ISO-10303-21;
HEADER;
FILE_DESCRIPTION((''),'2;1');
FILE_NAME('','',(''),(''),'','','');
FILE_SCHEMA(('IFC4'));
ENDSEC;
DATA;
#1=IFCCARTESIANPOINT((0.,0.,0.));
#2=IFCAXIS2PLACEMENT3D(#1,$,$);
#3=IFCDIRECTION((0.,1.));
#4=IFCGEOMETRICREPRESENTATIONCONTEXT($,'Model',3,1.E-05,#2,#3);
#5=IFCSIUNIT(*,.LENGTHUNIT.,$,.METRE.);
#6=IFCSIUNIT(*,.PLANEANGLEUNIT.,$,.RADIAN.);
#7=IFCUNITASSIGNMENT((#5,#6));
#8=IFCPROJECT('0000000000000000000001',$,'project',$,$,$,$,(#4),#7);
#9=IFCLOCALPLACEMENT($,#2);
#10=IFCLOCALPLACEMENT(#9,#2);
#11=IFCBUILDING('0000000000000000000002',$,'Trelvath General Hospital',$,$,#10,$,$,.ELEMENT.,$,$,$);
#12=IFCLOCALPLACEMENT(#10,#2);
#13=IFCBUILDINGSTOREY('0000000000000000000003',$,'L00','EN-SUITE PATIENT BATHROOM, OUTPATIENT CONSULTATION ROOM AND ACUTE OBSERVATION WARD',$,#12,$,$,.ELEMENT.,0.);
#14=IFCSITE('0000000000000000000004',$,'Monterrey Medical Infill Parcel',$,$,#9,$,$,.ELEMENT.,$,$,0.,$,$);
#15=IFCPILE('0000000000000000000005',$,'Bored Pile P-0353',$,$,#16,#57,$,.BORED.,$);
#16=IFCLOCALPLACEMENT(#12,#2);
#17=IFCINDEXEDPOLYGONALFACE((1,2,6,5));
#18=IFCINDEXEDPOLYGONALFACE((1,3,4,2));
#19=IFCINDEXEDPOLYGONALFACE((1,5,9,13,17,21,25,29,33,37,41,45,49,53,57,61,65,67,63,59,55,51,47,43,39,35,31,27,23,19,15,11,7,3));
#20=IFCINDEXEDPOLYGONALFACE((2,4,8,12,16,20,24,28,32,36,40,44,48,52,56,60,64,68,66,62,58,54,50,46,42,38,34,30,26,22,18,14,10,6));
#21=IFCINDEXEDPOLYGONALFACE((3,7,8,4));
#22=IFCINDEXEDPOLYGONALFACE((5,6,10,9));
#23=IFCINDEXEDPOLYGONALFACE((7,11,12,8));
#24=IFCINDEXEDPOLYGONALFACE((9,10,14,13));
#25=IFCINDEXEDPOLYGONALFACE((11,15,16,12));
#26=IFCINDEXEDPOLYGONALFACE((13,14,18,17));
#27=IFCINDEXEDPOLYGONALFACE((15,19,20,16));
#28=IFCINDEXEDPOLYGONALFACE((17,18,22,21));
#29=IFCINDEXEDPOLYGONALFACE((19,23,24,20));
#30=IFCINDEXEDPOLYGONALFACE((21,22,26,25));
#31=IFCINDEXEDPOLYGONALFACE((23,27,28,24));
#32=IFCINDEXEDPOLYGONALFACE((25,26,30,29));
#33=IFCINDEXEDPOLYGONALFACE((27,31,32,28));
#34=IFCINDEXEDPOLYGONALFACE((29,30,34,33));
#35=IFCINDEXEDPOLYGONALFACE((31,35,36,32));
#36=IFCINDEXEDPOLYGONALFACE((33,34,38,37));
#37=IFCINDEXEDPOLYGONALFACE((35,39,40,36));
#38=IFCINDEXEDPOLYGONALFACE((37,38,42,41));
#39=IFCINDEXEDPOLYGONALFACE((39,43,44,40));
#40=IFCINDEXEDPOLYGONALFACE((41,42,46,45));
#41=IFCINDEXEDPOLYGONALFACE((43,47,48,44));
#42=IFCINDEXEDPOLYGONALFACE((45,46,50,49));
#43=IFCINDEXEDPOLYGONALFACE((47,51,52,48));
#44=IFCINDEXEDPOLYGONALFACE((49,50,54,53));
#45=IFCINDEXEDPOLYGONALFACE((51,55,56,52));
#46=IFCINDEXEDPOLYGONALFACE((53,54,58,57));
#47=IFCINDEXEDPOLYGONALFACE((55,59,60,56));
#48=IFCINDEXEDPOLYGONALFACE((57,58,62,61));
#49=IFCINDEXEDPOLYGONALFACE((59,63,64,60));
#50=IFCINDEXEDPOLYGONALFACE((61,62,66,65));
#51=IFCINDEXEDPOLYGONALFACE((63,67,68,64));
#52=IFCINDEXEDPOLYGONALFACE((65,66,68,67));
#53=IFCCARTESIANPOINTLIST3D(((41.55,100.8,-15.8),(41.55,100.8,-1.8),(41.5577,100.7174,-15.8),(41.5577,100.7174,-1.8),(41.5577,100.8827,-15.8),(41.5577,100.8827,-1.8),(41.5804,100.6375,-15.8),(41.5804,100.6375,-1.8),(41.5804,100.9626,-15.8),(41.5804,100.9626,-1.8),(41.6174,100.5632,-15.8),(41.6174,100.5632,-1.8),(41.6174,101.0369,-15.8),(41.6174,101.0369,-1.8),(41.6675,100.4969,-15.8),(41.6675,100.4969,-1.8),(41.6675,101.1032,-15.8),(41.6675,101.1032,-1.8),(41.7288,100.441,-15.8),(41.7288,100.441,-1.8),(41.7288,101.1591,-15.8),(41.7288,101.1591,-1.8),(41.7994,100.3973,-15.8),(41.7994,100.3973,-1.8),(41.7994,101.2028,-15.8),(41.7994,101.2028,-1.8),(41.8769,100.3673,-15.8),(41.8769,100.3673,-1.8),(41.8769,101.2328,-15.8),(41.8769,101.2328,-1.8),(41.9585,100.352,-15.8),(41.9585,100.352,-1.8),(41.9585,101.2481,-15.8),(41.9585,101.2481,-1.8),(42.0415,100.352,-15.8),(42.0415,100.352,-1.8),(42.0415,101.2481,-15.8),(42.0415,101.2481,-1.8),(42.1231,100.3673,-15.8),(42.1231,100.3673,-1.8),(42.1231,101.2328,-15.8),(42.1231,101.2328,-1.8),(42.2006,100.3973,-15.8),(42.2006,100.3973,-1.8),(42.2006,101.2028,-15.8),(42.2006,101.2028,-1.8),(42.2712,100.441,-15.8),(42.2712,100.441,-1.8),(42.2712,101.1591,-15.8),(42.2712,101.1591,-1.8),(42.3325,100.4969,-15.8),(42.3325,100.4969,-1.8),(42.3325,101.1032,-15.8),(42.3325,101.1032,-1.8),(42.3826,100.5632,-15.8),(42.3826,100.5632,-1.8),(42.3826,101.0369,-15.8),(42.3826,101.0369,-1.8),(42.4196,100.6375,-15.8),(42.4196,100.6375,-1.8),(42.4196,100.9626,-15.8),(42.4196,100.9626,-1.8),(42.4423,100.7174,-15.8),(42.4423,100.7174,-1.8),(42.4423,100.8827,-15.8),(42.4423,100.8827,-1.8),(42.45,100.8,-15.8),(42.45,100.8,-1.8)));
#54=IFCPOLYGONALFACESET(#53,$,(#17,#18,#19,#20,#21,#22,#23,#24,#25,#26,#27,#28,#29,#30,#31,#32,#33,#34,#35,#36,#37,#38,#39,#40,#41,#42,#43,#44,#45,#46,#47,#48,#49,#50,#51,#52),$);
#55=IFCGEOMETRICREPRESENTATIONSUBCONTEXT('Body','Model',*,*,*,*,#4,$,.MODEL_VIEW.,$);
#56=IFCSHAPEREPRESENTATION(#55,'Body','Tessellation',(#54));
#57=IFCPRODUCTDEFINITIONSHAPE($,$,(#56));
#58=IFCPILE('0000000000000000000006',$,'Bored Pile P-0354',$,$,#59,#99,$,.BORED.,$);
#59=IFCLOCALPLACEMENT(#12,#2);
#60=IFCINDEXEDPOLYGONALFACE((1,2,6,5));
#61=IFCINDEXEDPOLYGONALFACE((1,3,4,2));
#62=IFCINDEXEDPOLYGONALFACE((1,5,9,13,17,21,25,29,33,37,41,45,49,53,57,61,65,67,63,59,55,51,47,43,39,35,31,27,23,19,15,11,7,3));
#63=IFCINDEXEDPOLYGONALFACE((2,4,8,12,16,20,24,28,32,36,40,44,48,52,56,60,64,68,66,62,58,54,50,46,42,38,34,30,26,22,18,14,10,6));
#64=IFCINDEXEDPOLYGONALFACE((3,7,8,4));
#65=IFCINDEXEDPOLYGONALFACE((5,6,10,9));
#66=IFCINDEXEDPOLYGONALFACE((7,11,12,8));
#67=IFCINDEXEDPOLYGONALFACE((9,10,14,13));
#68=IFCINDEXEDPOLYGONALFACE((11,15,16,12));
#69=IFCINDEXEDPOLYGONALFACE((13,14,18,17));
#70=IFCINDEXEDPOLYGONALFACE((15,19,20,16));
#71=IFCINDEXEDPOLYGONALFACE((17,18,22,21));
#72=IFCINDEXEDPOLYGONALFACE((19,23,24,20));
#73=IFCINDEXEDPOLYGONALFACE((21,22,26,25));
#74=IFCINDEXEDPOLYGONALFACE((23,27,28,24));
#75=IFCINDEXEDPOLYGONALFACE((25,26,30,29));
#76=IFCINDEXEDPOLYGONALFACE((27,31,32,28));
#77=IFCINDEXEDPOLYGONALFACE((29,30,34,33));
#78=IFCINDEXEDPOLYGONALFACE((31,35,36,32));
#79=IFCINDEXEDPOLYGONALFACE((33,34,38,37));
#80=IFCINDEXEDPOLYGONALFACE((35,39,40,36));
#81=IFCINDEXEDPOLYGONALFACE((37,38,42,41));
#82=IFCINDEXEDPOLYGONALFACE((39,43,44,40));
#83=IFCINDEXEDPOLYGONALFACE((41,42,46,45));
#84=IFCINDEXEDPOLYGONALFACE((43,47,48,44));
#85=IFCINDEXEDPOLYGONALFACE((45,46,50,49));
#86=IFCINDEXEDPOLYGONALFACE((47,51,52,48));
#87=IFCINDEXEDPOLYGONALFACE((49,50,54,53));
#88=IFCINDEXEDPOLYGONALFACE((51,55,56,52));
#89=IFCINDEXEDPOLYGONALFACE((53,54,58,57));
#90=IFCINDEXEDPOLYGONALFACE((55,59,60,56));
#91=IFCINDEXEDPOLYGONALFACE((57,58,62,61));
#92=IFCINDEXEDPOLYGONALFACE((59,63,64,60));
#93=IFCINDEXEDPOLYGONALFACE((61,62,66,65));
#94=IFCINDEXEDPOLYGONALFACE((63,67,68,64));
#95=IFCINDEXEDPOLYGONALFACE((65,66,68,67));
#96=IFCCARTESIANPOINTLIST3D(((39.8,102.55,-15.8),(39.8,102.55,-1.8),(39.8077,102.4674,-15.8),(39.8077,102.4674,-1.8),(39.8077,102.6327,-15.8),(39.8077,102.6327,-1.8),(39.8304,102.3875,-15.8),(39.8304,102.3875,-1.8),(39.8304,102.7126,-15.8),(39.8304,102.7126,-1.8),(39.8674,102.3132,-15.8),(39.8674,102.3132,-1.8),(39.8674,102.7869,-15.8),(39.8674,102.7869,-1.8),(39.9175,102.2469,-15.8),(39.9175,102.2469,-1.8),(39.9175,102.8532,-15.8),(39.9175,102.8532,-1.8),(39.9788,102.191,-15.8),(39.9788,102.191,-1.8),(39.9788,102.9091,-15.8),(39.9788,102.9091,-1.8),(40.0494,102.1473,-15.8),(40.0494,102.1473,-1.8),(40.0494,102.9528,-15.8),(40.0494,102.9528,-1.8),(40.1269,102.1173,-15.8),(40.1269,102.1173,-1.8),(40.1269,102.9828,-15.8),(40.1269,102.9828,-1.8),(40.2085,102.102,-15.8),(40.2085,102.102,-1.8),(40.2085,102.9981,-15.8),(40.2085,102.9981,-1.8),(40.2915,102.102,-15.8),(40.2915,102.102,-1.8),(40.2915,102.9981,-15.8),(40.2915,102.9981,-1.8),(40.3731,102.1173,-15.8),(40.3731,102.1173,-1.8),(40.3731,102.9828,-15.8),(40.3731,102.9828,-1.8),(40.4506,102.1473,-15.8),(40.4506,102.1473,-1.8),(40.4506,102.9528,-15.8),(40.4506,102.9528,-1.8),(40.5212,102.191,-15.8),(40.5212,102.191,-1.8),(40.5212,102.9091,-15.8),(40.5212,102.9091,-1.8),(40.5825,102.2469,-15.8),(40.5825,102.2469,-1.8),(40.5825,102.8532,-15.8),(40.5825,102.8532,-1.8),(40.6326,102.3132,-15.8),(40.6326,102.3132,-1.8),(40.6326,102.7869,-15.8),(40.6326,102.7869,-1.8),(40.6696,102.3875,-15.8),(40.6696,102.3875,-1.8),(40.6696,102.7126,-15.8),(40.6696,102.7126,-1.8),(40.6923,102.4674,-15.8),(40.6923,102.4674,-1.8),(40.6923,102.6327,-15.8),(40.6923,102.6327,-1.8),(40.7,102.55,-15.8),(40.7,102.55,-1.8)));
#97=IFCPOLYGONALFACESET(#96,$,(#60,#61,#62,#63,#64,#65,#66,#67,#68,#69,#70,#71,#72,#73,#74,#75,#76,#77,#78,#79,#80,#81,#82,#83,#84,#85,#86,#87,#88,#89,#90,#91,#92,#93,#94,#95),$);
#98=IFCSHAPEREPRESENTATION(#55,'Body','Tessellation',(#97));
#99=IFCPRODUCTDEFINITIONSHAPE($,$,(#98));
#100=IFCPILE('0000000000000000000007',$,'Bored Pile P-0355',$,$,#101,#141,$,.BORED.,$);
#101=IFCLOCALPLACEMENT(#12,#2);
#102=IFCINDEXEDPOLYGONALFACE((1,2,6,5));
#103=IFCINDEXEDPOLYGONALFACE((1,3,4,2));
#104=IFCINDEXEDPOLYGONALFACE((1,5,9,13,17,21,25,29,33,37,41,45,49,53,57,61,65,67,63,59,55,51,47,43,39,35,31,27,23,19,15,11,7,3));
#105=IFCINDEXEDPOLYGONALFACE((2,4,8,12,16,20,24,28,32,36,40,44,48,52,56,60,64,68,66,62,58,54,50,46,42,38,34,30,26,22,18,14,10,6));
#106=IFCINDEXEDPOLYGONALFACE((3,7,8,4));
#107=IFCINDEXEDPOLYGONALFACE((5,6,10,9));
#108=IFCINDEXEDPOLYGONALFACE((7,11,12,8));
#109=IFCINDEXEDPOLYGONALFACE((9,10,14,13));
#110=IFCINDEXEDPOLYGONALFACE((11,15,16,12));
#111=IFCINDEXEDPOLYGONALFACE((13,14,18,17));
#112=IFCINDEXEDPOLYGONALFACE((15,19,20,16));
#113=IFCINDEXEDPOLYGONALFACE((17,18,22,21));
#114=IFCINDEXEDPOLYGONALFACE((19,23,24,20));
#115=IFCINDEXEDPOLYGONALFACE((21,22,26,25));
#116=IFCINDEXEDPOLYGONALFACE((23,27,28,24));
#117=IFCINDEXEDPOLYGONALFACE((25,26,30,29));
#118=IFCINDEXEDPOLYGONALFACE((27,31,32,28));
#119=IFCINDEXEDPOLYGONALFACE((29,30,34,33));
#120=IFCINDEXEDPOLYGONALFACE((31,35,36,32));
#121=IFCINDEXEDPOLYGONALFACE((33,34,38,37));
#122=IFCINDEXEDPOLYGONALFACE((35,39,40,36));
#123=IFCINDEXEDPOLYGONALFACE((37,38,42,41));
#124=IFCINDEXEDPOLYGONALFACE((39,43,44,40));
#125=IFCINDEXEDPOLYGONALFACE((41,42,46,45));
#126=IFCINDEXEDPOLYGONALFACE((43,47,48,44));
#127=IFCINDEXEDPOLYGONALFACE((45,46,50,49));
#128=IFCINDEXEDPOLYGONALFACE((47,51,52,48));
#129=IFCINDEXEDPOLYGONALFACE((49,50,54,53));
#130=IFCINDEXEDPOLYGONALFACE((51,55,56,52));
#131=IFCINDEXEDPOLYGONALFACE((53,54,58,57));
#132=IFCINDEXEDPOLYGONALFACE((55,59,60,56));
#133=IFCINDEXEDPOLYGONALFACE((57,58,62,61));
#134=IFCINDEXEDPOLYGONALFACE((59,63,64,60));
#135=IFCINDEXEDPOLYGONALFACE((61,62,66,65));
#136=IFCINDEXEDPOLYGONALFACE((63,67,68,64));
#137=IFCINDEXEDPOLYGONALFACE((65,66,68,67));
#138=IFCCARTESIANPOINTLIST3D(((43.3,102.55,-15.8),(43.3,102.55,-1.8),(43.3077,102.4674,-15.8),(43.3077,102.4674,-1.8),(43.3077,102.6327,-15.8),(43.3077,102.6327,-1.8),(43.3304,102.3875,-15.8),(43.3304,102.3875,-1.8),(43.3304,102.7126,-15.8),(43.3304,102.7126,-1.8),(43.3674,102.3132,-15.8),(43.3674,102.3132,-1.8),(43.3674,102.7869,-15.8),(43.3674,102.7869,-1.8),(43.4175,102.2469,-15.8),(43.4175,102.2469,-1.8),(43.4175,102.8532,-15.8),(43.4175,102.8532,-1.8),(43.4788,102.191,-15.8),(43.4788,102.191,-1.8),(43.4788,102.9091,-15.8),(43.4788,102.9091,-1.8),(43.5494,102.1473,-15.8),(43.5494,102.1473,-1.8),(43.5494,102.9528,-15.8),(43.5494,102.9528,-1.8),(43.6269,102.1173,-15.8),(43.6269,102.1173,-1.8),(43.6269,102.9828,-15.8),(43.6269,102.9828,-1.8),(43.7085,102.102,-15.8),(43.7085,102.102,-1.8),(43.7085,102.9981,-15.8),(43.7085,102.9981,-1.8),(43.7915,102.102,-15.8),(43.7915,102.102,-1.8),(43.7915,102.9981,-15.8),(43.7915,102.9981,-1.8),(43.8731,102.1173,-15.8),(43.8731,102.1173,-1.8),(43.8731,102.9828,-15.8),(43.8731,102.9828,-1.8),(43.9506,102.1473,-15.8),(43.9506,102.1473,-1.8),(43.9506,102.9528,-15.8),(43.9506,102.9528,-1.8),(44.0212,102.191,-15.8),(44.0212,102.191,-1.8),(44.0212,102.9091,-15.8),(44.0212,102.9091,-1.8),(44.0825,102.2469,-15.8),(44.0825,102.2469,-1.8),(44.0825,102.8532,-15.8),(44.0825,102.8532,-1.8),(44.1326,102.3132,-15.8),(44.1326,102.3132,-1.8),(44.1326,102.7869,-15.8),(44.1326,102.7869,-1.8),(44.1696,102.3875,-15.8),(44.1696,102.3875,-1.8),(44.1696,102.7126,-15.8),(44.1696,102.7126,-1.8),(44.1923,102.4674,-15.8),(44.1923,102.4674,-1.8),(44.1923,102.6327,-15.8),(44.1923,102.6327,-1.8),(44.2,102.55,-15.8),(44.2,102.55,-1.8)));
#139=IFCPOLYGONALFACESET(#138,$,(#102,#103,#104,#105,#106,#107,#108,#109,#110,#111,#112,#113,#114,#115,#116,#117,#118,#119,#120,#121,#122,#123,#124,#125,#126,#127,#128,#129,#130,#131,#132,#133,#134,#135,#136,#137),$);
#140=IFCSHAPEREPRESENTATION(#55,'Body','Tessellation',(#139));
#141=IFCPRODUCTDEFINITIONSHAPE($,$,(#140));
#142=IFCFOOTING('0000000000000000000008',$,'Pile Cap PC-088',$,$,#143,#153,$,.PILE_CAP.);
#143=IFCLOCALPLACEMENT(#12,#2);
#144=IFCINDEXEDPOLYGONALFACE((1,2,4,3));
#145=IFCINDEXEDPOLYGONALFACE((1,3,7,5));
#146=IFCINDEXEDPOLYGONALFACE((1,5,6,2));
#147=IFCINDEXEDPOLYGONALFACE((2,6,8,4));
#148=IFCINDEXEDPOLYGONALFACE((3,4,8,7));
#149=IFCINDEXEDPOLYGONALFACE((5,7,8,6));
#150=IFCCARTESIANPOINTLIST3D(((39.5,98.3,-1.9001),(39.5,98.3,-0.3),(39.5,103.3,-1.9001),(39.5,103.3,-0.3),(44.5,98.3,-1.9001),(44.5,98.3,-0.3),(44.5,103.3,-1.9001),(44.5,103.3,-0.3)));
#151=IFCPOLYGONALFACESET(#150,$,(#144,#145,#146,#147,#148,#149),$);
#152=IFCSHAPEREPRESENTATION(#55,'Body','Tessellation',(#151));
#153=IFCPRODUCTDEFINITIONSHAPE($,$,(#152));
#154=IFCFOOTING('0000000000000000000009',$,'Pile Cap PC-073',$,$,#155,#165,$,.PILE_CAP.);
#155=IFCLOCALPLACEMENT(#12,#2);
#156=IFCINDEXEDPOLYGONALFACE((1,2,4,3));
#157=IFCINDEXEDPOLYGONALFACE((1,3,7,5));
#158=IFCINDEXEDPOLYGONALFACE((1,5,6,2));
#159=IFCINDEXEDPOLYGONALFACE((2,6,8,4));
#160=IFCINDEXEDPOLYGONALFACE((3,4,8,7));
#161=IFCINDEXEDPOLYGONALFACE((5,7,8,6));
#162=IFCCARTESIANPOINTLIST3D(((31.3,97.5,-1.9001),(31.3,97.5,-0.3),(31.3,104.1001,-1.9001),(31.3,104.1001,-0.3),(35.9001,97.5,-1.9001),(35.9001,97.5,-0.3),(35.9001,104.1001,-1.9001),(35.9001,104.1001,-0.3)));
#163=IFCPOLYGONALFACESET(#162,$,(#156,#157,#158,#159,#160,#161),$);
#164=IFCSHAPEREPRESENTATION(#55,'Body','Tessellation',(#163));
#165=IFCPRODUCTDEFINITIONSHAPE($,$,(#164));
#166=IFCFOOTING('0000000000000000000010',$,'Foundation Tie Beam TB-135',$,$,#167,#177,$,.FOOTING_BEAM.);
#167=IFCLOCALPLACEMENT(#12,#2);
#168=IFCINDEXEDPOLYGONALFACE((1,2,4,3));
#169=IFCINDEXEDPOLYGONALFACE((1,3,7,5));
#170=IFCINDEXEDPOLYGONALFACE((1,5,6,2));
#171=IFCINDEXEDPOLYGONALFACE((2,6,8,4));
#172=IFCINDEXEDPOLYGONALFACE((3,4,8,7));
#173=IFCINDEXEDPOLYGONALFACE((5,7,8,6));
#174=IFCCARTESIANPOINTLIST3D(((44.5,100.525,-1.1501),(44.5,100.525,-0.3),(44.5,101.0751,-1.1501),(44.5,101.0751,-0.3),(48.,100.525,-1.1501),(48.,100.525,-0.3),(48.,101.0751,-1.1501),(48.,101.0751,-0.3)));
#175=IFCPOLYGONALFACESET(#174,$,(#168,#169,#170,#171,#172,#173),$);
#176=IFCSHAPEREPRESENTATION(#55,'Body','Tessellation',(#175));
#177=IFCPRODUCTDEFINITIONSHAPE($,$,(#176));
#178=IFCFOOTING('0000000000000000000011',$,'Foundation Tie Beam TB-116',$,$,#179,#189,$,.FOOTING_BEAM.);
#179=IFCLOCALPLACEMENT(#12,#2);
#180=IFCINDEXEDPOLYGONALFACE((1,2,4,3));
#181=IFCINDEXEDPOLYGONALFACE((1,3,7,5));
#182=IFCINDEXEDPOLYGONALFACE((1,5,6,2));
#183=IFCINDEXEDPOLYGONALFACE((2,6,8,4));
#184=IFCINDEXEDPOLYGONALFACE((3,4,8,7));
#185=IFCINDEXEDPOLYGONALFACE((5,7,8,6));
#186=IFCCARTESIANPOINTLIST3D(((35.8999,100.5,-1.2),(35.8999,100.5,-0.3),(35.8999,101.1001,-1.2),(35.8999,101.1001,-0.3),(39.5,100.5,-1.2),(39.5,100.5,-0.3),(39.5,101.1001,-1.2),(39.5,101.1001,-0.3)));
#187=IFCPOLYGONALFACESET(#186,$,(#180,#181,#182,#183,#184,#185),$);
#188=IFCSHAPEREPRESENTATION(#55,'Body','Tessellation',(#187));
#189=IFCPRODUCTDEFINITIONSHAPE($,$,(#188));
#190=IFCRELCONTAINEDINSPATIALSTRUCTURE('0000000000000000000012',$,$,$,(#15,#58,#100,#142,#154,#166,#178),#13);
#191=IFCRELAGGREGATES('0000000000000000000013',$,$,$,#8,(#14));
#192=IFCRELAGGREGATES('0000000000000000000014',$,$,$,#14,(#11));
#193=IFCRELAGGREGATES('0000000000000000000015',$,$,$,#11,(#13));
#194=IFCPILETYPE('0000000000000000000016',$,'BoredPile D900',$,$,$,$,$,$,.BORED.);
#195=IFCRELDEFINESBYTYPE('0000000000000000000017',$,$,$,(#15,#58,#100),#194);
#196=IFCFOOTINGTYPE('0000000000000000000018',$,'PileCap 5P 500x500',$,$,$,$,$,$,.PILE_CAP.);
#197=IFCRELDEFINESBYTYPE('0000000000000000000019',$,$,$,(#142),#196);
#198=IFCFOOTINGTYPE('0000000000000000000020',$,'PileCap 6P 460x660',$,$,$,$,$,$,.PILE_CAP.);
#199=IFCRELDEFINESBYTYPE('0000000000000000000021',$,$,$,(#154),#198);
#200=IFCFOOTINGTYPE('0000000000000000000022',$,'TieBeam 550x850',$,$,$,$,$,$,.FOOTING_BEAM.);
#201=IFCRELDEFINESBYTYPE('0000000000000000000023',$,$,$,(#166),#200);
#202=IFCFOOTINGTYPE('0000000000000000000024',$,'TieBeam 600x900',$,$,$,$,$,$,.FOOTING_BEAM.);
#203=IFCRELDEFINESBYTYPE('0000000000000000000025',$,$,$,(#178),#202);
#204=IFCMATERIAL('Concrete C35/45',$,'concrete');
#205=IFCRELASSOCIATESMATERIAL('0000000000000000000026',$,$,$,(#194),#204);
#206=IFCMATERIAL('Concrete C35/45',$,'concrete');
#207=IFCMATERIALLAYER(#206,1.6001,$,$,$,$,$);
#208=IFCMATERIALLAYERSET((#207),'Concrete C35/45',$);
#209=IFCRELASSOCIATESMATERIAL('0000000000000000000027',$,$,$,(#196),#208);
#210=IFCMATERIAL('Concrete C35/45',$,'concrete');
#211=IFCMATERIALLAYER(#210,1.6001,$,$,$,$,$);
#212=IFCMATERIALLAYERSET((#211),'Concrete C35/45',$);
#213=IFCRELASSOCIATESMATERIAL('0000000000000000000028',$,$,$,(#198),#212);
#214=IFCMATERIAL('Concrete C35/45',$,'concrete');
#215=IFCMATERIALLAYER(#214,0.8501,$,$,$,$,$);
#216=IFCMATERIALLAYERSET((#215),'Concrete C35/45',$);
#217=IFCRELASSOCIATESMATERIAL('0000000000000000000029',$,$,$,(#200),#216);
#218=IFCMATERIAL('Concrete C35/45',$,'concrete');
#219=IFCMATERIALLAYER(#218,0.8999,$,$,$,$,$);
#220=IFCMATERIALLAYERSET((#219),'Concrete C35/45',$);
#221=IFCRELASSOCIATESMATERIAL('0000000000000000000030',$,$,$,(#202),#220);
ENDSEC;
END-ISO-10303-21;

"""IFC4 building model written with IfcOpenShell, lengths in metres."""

from ifc_helpers import new_model, si_unit, direction, frame, origin, origin_2d, place, context, subcontext, project, spatial, rectangle, circle, extrude, material, layer, layer_set, material_profile, profile_set, type_object, element, save


model = new_model("IFC4")

# Units and contexts
model_context = context("Model", 3, precision=1e-05, world=origin(), true_north=direction((0.0, 1.0)))
body_context = subcontext(model_context, "Body", "Model", "MODEL_VIEW")
ifc_project = project(units=[si_unit("LENGTHUNIT", "METRE"), si_unit("PLANEANGLEUNIT", "RADIAN")], contexts=[model_context])

# Site, building, storey
site_placement = place(None, origin())
site = spatial("IfcSite", under=ifc_project, at=site_placement, Name="Monterrey Medical Infill Parcel", CompositionType="ELEMENT", RefElevation=0.0)
building_placement = place(site_placement, origin())
building = spatial("IfcBuilding", under=site, at=building_placement, Name="Trelvath General Hospital", CompositionType="ELEMENT")
storey_placement = place(building_placement, origin())
storey = spatial("IfcBuildingStorey", under=building, at=storey_placement, Name="L00", Description="EN-SUITE PATIENT BATHROOM, OUTPATIENT CONSULTATION ROOM AND ACUTE OBSERVATION WARD", CompositionType="ELEMENT", Elevation=0.0)

# Piles
ifc_material_1 = material(Name="Concrete C35/45", Category="concrete")
ifc_material_profile_1 = material_profile(ifc_material_1, circle(Radius=0.45, at=origin_2d()), Name="PILE900")
ifc_profile_set_1 = profile_set([ifc_material_profile_1], Name="Concrete C35/45")
pile_type_1 = type_object("IfcPileType", Name="BoredPile D900", PredefinedType="BORED", material=ifc_profile_set_1)
for number, where, z_axis, x_axis, name in (
    (1, (42.0, 100.8, -1.8), (0.0, 0.0, -1.0), (1.0, 0.0, 0.0), "Bored Pile P-0353"),
    (2, (40.25, 102.55, -1.8), (0.0, 0.0, -1.0), (1.0, 0.0, 0.0), "Bored Pile P-0354"),
    (3, (43.75, 102.55, -1.8), (0.0, 0.0, -1.0), (1.0, 0.0, 0.0), "Bored Pile P-0355"),
):
    element("IfcPile", number, at=place(storey_placement, frame(where, z_axis=z_axis, x_axis=x_axis)), inside=storey, type_object=pile_type_1, Name=name, PredefinedType="BORED", context=body_context, shape_type="SweptSolid", body=[
        extrude(circle(Radius=0.45, at=origin_2d()), origin(), (0.0, 0.0, 1.0), 14.0),
    ])

# Footings
ifc_material_2 = material(Name="Concrete C35/45", Category="concrete")
ifc_layer_1 = layer(ifc_material_2, 1.6001)
ifc_layer_set_1 = layer_set([ifc_layer_1], Name="Concrete C35/45")
footing_type_1 = type_object("IfcFootingType", Name="PileCap 5P 500x500", PredefinedType="PILE_CAP", material=ifc_layer_set_1)
footing_1_placement = place(storey_placement, frame((42.0, 100.8, -1.9001), z_axis=(0.0, 0.0, 1.0), x_axis=(1.0, 0.0, 0.0)))
element("IfcFooting", 4, at=footing_1_placement, inside=storey, type_object=footing_type_1, Name="Pile Cap PC-088", PredefinedType="PILE_CAP", context=body_context, shape_type="SweptSolid", body=[
    extrude(rectangle(XDim=5.0, YDim=5.0, at=origin_2d()), origin(), (0.0, 0.0, 1.0), 1.6001),
])
ifc_material_3 = material(Name="Concrete C35/45", Category="concrete")
ifc_layer_2 = layer(ifc_material_3, 1.6001)
ifc_layer_set_2 = layer_set([ifc_layer_2], Name="Concrete C35/45")
footing_type_2 = type_object("IfcFootingType", Name="PileCap 6P 460x660", PredefinedType="PILE_CAP", material=ifc_layer_set_2)
footing_2_placement = place(storey_placement, frame((33.6001, 100.8, -1.9001), z_axis=(0.0, 0.0, 1.0), x_axis=(1.0, 0.0, 0.0)))
element("IfcFooting", 5, at=footing_2_placement, inside=storey, type_object=footing_type_2, Name="Pile Cap PC-073", PredefinedType="PILE_CAP", context=body_context, shape_type="SweptSolid", body=[
    extrude(rectangle(XDim=4.6001, YDim=6.6001, at=origin_2d()), origin(), (0.0, 0.0, 1.0), 1.6001),
])
ifc_material_4 = material(Name="Concrete C35/45", Category="concrete")
ifc_layer_3 = layer(ifc_material_4, 0.8501)
ifc_layer_set_3 = layer_set([ifc_layer_3], Name="Concrete C35/45")
footing_type_3 = type_object("IfcFootingType", Name="TieBeam 550x850", PredefinedType="FOOTING_BEAM", material=ifc_layer_set_3)
footing_3_placement = place(storey_placement, frame((46.25, 100.8, -1.1501), z_axis=(0.0, 0.0, 1.0), x_axis=(1.0, 0.0, 0.0)))
element("IfcFooting", 6, at=footing_3_placement, inside=storey, type_object=footing_type_3, Name="Foundation Tie Beam TB-135", PredefinedType="FOOTING_BEAM", context=body_context, shape_type="SweptSolid", body=[
    extrude(rectangle(XDim=3.5, YDim=0.55, at=origin_2d()), origin(), (0.0, 0.0, 1.0), 0.8501),
])
ifc_material_5 = material(Name="Concrete C35/45", Category="concrete")
ifc_layer_4 = layer(ifc_material_5, 0.8999)
ifc_layer_set_4 = layer_set([ifc_layer_4], Name="Concrete C35/45")
footing_type_4 = type_object("IfcFootingType", Name="TieBeam 600x900", PredefinedType="FOOTING_BEAM", material=ifc_layer_set_4)
footing_4_placement = place(storey_placement, frame((37.7, 100.8, -1.2), z_axis=(0.0, 0.0, 1.0), x_axis=(1.0, 0.0, 0.0)))
element("IfcFooting", 7, at=footing_4_placement, inside=storey, type_object=footing_type_4, Name="Foundation Tie Beam TB-116", PredefinedType="FOOTING_BEAM", context=body_context, shape_type="SweptSolid", body=[
    extrude(rectangle(XDim=3.6001, YDim=0.6001, at=origin_2d()), origin(), (0.0, 0.0, 1.0), 0.8999),
])

save(model, "model.ifc")
